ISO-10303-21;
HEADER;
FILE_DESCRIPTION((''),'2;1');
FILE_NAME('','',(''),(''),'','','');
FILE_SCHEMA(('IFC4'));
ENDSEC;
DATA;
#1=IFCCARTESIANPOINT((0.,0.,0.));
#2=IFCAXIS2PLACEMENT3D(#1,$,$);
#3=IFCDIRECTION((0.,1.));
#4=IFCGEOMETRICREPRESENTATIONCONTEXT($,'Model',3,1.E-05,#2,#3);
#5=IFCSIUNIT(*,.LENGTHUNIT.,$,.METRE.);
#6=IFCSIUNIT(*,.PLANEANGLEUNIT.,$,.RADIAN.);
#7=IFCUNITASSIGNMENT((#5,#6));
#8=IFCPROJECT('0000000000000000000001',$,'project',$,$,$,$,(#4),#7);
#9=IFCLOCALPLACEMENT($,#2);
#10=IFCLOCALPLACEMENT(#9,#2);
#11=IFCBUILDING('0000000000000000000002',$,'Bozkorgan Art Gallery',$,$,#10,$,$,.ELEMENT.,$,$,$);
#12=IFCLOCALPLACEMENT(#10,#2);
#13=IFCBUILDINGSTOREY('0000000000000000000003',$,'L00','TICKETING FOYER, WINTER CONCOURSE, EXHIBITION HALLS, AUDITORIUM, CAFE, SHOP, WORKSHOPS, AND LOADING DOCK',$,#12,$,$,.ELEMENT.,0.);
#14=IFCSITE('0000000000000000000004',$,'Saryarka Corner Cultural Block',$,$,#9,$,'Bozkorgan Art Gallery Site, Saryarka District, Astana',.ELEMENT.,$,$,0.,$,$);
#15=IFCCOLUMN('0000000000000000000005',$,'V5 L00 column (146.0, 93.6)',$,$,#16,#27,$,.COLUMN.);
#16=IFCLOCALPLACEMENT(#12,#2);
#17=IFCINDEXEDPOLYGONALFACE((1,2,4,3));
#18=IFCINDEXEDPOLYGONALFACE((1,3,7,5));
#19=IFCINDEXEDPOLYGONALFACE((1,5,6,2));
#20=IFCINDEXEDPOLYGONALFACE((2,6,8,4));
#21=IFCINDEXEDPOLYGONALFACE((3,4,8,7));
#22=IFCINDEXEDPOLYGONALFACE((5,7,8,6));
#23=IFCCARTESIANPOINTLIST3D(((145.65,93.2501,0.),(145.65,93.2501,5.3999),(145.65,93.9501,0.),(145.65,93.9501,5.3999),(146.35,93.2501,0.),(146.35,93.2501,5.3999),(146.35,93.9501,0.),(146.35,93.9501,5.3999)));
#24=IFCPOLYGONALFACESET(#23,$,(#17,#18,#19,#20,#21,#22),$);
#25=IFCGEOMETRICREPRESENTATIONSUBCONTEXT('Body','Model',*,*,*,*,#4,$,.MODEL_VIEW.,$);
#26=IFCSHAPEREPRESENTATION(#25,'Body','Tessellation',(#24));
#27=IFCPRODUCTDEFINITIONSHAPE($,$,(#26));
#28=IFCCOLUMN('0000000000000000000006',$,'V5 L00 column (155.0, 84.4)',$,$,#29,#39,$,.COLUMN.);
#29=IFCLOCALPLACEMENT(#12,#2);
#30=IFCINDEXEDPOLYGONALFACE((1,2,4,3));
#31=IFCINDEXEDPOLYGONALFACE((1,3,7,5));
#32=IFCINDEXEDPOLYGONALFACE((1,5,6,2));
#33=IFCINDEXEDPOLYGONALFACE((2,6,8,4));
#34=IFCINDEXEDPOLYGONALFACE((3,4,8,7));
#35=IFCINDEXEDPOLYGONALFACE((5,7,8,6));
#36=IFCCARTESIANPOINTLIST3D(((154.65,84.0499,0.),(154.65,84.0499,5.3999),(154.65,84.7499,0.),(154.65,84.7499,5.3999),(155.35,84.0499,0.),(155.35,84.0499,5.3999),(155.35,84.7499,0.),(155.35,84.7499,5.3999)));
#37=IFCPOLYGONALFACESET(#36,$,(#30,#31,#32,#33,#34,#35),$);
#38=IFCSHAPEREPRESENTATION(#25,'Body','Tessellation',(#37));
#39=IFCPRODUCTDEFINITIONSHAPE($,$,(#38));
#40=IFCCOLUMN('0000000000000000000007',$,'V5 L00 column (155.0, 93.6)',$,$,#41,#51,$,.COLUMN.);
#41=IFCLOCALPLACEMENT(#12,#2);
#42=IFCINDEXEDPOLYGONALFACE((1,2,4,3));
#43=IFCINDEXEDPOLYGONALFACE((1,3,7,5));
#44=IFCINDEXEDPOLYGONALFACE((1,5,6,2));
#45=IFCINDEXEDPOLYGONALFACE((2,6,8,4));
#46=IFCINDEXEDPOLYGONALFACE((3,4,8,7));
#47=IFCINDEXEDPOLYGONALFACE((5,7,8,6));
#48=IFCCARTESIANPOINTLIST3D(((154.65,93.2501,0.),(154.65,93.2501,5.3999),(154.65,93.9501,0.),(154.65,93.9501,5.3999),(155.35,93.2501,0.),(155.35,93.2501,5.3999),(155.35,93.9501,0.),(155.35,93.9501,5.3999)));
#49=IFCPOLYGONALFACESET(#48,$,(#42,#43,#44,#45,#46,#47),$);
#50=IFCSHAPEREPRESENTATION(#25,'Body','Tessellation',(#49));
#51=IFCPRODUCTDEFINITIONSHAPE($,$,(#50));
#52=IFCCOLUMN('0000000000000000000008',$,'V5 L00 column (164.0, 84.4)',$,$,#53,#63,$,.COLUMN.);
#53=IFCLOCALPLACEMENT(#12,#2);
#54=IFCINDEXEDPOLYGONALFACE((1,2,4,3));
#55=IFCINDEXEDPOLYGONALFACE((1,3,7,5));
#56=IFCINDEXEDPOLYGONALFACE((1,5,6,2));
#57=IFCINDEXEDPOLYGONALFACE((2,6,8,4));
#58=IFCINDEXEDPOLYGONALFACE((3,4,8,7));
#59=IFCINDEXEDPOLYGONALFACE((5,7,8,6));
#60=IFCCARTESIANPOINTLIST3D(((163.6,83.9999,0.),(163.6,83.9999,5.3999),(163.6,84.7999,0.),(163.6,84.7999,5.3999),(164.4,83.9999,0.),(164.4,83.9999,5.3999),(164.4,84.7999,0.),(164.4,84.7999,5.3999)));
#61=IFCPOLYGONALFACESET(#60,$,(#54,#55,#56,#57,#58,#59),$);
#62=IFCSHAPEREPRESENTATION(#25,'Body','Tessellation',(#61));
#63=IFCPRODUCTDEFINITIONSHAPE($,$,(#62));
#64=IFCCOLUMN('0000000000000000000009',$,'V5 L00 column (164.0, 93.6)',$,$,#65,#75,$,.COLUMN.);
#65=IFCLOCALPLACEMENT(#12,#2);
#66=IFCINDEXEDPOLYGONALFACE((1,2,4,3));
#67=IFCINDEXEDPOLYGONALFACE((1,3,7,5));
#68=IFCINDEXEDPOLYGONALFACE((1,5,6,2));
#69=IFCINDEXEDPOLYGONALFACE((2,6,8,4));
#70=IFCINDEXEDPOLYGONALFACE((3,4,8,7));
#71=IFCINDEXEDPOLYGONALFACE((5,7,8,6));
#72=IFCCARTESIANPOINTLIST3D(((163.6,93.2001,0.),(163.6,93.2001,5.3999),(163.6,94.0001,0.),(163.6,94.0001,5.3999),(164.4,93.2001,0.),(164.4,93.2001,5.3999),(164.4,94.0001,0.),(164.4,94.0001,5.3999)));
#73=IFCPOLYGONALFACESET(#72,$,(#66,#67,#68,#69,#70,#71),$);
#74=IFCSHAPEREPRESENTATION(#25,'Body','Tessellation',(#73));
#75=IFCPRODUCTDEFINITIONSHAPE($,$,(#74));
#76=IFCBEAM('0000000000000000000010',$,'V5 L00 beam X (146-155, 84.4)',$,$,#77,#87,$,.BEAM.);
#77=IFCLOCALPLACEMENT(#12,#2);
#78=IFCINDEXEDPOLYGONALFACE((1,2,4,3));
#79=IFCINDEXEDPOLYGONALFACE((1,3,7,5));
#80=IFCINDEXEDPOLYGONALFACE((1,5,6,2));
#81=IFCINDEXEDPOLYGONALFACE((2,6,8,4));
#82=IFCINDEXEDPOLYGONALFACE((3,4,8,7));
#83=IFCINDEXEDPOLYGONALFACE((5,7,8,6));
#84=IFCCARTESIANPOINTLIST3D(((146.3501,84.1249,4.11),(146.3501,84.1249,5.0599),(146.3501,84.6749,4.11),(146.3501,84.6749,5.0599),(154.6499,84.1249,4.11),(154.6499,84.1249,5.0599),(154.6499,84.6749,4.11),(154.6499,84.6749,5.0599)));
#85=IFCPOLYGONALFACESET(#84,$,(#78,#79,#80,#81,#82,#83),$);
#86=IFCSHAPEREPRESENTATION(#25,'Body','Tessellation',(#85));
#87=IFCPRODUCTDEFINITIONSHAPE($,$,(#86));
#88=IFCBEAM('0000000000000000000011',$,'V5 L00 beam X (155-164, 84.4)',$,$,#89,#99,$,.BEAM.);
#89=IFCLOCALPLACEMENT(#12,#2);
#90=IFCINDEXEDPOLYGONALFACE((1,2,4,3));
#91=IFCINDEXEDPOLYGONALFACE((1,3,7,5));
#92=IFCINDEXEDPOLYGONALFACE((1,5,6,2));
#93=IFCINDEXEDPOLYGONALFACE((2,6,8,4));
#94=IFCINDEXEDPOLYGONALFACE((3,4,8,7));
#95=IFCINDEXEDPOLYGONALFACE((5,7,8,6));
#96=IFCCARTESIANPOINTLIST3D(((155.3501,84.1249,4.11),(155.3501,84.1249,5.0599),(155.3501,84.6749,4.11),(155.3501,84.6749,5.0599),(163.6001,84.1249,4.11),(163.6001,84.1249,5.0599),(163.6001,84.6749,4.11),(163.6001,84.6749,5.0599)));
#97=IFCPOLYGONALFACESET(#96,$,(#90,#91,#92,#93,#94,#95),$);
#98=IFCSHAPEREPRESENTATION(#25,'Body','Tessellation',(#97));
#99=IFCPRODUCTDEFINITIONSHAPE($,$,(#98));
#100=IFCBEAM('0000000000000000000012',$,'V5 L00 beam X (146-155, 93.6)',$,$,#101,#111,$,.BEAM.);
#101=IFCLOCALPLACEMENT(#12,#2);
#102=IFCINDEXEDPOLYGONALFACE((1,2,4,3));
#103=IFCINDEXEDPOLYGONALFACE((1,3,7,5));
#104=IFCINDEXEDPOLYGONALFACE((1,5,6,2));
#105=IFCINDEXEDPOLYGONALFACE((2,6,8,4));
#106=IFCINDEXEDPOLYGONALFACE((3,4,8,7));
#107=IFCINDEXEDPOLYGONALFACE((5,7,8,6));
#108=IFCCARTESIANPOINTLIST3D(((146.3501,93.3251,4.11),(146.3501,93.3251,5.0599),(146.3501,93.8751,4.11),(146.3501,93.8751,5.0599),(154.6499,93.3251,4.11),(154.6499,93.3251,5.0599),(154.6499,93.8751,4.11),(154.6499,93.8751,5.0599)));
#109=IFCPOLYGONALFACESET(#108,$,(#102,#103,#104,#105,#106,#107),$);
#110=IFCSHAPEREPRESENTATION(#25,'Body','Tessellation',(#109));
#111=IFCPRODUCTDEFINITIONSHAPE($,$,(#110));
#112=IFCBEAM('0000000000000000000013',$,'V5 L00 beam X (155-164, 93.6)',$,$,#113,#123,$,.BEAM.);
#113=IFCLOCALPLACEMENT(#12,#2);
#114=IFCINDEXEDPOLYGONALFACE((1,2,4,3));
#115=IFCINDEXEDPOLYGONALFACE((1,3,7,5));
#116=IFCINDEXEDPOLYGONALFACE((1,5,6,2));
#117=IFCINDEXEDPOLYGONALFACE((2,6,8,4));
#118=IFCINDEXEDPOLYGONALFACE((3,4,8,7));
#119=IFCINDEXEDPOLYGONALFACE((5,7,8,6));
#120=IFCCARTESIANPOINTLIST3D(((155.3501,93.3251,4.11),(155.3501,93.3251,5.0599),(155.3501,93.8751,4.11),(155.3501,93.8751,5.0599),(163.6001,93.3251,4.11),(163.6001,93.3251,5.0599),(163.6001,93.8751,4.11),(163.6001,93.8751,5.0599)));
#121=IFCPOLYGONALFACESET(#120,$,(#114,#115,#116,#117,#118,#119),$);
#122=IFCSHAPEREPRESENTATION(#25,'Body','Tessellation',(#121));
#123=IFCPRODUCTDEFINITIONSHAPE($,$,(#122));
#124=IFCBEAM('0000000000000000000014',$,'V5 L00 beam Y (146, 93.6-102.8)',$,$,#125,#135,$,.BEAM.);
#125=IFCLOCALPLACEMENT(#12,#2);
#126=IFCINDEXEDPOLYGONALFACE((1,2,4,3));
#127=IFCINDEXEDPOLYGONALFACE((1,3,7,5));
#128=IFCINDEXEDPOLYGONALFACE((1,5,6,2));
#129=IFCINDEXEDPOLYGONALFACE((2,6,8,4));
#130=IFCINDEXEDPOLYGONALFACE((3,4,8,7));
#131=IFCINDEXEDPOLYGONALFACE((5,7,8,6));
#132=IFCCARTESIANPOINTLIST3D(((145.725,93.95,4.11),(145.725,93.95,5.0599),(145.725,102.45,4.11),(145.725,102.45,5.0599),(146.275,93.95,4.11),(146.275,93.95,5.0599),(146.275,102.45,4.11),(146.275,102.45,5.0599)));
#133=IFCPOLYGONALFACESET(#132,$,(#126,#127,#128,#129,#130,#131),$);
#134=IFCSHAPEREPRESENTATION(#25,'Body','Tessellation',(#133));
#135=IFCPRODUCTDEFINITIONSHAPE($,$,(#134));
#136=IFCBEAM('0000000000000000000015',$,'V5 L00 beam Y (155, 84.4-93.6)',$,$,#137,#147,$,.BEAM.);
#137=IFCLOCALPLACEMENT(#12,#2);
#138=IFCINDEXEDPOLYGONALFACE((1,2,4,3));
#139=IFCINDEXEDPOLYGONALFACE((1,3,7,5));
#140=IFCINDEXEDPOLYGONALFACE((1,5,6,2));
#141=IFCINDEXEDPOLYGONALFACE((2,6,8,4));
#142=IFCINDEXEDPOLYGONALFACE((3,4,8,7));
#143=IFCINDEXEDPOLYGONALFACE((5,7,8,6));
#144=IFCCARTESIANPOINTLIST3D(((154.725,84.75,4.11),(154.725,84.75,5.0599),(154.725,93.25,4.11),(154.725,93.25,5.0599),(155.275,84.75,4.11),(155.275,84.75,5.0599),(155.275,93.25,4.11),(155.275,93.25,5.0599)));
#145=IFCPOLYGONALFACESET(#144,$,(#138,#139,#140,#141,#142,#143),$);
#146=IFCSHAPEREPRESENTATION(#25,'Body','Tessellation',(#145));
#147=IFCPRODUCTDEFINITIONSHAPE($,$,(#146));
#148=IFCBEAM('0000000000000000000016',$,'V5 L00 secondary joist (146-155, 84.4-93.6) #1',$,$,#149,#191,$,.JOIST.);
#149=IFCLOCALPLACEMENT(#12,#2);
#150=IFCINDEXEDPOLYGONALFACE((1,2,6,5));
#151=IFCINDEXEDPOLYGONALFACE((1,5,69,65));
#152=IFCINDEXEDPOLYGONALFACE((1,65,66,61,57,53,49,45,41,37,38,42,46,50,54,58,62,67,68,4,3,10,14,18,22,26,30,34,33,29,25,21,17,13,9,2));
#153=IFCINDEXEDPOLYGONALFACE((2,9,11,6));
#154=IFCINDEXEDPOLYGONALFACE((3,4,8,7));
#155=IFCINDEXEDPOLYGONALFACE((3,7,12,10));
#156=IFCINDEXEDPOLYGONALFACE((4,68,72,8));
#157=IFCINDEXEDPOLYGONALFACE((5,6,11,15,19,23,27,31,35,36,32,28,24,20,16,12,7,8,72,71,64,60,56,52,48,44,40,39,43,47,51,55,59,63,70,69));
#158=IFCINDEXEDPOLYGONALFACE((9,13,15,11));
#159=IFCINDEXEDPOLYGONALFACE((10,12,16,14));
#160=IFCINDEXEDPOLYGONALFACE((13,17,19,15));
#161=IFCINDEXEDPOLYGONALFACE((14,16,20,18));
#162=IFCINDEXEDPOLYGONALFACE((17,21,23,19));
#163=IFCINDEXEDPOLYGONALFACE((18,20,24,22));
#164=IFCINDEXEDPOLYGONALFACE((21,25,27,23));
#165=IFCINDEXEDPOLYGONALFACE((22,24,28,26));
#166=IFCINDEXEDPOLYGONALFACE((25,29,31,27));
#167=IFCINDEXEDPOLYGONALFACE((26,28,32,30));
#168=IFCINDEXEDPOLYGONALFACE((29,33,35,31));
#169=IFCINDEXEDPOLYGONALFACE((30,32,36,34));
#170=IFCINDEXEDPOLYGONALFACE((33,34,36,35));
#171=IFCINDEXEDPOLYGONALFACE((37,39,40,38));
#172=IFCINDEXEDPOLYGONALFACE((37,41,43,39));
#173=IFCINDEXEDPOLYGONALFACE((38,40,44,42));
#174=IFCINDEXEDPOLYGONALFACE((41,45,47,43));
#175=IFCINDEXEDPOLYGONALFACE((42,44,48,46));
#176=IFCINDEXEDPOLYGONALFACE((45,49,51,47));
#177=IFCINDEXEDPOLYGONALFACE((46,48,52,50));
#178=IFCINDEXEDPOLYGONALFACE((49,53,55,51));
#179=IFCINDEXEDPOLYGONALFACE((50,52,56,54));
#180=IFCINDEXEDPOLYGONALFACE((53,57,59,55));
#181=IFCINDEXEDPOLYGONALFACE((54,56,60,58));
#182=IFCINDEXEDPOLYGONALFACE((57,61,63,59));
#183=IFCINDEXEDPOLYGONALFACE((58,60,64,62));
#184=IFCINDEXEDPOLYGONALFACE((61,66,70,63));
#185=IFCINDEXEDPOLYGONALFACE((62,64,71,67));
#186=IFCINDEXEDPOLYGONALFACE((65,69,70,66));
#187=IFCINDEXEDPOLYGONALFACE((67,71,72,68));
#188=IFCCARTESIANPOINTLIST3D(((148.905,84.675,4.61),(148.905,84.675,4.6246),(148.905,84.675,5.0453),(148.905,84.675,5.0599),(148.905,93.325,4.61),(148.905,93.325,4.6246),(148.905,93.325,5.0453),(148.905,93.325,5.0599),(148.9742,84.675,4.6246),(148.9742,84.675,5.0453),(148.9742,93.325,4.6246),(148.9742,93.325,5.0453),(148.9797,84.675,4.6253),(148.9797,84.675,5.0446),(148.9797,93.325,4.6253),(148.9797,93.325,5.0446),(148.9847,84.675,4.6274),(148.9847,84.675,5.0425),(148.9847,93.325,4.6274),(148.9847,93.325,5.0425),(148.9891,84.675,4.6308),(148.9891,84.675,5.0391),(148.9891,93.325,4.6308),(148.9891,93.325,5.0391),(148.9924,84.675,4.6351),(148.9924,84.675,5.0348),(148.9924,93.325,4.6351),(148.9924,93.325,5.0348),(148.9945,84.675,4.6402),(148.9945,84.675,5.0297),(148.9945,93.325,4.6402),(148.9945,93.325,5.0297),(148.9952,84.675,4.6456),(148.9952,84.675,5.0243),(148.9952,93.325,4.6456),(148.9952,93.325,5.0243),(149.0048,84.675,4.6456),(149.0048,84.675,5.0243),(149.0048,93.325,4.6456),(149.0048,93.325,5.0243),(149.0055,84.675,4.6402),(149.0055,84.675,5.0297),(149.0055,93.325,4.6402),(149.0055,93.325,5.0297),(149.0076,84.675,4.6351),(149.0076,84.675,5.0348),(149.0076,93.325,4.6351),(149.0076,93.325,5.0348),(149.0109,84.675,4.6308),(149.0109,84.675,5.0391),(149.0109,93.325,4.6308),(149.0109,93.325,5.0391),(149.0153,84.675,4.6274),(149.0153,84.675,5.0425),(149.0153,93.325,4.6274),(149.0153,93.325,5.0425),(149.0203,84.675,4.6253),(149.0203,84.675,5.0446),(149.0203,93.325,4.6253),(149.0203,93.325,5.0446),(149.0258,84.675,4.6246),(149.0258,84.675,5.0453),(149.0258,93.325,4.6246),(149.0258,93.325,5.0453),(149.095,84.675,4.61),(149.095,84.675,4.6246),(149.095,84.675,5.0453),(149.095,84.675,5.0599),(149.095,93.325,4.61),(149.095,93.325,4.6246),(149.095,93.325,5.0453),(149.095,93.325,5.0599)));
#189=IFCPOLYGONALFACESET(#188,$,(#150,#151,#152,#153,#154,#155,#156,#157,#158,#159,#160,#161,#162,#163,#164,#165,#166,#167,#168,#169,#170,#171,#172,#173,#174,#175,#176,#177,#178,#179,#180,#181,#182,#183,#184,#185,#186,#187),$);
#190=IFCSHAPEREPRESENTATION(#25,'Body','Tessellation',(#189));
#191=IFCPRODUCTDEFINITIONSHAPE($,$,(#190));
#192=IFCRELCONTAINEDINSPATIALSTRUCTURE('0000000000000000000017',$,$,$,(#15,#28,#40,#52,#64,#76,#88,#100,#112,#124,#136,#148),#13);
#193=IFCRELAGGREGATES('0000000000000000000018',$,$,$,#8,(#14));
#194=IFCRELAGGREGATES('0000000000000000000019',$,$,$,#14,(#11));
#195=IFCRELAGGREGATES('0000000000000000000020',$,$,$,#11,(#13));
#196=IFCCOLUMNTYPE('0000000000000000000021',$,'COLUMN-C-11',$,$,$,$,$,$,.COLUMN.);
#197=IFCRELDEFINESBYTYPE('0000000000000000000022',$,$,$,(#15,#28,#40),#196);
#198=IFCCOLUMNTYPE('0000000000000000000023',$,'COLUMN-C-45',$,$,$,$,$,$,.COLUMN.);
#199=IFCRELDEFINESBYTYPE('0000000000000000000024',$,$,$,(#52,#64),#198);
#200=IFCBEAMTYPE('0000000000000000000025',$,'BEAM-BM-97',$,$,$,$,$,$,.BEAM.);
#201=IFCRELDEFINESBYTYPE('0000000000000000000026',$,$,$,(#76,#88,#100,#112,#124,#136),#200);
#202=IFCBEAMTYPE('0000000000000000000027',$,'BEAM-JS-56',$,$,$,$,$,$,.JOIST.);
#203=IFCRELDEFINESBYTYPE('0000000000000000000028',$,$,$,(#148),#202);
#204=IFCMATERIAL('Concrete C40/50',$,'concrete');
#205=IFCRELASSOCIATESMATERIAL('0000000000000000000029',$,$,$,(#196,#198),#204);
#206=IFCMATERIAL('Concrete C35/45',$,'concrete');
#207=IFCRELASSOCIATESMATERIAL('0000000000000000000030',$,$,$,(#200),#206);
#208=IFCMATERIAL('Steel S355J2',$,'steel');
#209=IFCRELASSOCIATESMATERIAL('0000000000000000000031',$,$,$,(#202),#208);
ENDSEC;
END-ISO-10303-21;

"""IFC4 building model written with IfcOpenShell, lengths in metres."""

from ifc_helpers import new_model, si_unit, direction, frame, origin, origin_2d, place, context, subcontext, project, spatial, rectangle, i_section, extrude, material, material_profile, profile_set, type_object, element, save


model = new_model("IFC4")

# Units and contexts
model_context = context("Model", 3, precision=1e-05, world=origin(), true_north=direction((0.0, 1.0)))
body_context = subcontext(model_context, "Body", "Model", "MODEL_VIEW")
ifc_project = project(units=[si_unit("LENGTHUNIT", "METRE"), si_unit("PLANEANGLEUNIT", "RADIAN")], contexts=[model_context])

# Site, building, storey
site_placement = place(None, origin())
site = spatial("IfcSite", under=ifc_project, at=site_placement, Name="Saryarka Corner Cultural Block", LongName="Bozkorgan Art Gallery Site, Saryarka District, Astana", CompositionType="ELEMENT", RefElevation=0.0)
building_placement = place(site_placement, origin())
building = spatial("IfcBuilding", under=site, at=building_placement, Name="Bozkorgan Art Gallery", CompositionType="ELEMENT")
storey_placement = place(building_placement, origin())
storey = spatial("IfcBuildingStorey", under=building, at=storey_placement, Name="L00", Description="TICKETING FOYER, WINTER CONCOURSE, EXHIBITION HALLS, AUDITORIUM, CAFE, SHOP, WORKSHOPS, AND LOADING DOCK", CompositionType="ELEMENT", Elevation=0.0)

# Columns
ifc_material_1 = material(Name="Concrete C40/50", Category="concrete")
ifc_material_profile_1 = material_profile(ifc_material_1, rectangle(XDim=0.7, YDim=0.7, at=origin_2d()), Name="RC 700x700")
ifc_profile_set_1 = profile_set([ifc_material_profile_1], Name="Concrete C40/50")
column_type_1 = type_object("IfcColumnType", Name="COLUMN-C-11", PredefinedType="COLUMN", material=ifc_profile_set_1)
for number, where, z_axis, x_axis, name in (
    (1, (146.0, 93.6001, 0.0), (0.0, 0.0, 1.0), (1.0, 0.0, 0.0), "V5 L00 column (146.0, 93.6)"),
    (2, (155.0, 84.3999, 0.0), (0.0, 0.0, 1.0), (1.0, 0.0, 0.0), "V5 L00 column (155.0, 84.4)"),
    (3, (155.0, 93.6001, 0.0), (0.0, 0.0, 1.0), (1.0, 0.0, 0.0), "V5 L00 column (155.0, 93.6)"),
):
    element("IfcColumn", number, at=place(storey_placement, frame(where, z_axis=z_axis, x_axis=x_axis)), inside=storey, type_object=column_type_1, Name=name, PredefinedType="COLUMN", context=body_context, shape_type="SweptSolid", body=[
        extrude(rectangle(XDim=0.7, YDim=0.7, at=origin_2d()), origin(), (0.0, 0.0, 1.0), 5.3999),
    ])
ifc_material_profile_2 = material_profile(ifc_material_1, rectangle(XDim=0.8, YDim=0.8, at=origin_2d()), Name="RC 800x800")
ifc_profile_set_2 = profile_set([ifc_material_profile_2], Name="Concrete C40/50")
column_type_2 = type_object("IfcColumnType", Name="COLUMN-C-45", PredefinedType="COLUMN", material=ifc_profile_set_2)
for number, where, z_axis, x_axis, name in (
    (4, (164.0, 84.3999, 0.0), (0.0, 0.0, 1.0), (1.0, 0.0, 0.0), "V5 L00 column (164.0, 84.4)"),
    (5, (164.0, 93.6001, 0.0), (0.0, 0.0, 1.0), (1.0, 0.0, 0.0), "V5 L00 column (164.0, 93.6)"),
):
    element("IfcColumn", number, at=place(storey_placement, frame(where, z_axis=z_axis, x_axis=x_axis)), inside=storey, type_object=column_type_2, Name=name, PredefinedType="COLUMN", context=body_context, shape_type="SweptSolid", body=[
        extrude(rectangle(XDim=0.8, YDim=0.8, at=origin_2d()), origin(), (0.0, 0.0, 1.0), 5.3999),
    ])

# Beams
ifc_material_2 = material(Name="Concrete C35/45", Category="concrete")
ifc_material_profile_3 = material_profile(ifc_material_2, rectangle(XDim=0.55, YDim=0.95, at=origin_2d()), Name="RC 550x950")
ifc_profile_set_3 = profile_set([ifc_material_profile_3], Name="Concrete C35/45")
beam_type_1 = type_object("IfcBeamType", Name="BEAM-BM-97", PredefinedType="BEAM", material=ifc_profile_set_3)
beam_1_placement = place(storey_placement, frame((146.3501, 84.3999, 4.585), z_axis=(1.0, 0.0, 0.0), x_axis=(0.0, 1.0, 0.0)))
element("IfcBeam", 6, at=beam_1_placement, inside=storey, type_object=beam_type_1, Name="V5 L00 beam X (146-155, 84.4)", PredefinedType="BEAM", context=body_context, shape_type="SweptSolid", body=[
    extrude(rectangle(XDim=0.55, YDim=0.95, at=origin_2d()), origin(), (0.0, 0.0, 1.0), 8.2998),
])
beam_2_placement = place(storey_placement, frame((155.3501, 84.3999, 4.585), z_axis=(1.0, 0.0, 0.0), x_axis=(0.0, 1.0, 0.0)))
element("IfcBeam", 7, at=beam_2_placement, inside=storey, type_object=beam_type_1, Name="V5 L00 beam X (155-164, 84.4)", PredefinedType="BEAM", context=body_context, shape_type="SweptSolid", body=[
    extrude(rectangle(XDim=0.55, YDim=0.95, at=origin_2d()), origin(), (0.0, 0.0, 1.0), 8.25),
])
beam_3_placement = place(storey_placement, frame((146.3501, 93.6001, 4.585), z_axis=(1.0, 0.0, 0.0), x_axis=(0.0, 1.0, 0.0)))
element("IfcBeam", 8, at=beam_3_placement, inside=storey, type_object=beam_type_1, Name="V5 L00 beam X (146-155, 93.6)", PredefinedType="BEAM", context=body_context, shape_type="SweptSolid", body=[
    extrude(rectangle(XDim=0.55, YDim=0.95, at=origin_2d()), origin(), (0.0, 0.0, 1.0), 8.2998),
])
beam_4_placement = place(storey_placement, frame((155.3501, 93.6001, 4.585), z_axis=(1.0, 0.0, 0.0), x_axis=(0.0, 1.0, 0.0)))
element("IfcBeam", 9, at=beam_4_placement, inside=storey, type_object=beam_type_1, Name="V5 L00 beam X (155-164, 93.6)", PredefinedType="BEAM", context=body_context, shape_type="SweptSolid", body=[
    extrude(rectangle(XDim=0.55, YDim=0.95, at=origin_2d()), origin(), (0.0, 0.0, 1.0), 8.25),
])
for number, where, z_axis, x_axis, name in (
    (10, (146.0, 93.95, 4.585), (0.0, 1.0, 0.0), (-1.0, 0.0, 0.0), "V5 L00 beam Y (146, 93.6-102.8)"),
    (11, (155.0, 84.75, 4.585), (0.0, 1.0, 0.0), (-1.0, 0.0, 0.0), "V5 L00 beam Y (155, 84.4-93.6)"),
):
    element("IfcBeam", number, at=place(storey_placement, frame(where, z_axis=z_axis, x_axis=x_axis)), inside=storey, type_object=beam_type_1, Name=name, PredefinedType="BEAM", context=body_context, shape_type="SweptSolid", body=[
        extrude(rectangle(XDim=0.55, YDim=0.95, at=origin_2d()), origin(), (0.0, 0.0, 1.0), 8.5),
    ])
ifc_material_3 = material(Name="Steel S355J2", Category="steel")
ifc_material_profile_4 = material_profile(ifc_material_3, i_section(OverallWidth=0.1899, OverallDepth=0.45, WebThickness=0.0095, FlangeThickness=0.0146, FilletRadius=0.021, at=origin_2d()), Name="IPE 450")
ifc_profile_set_4 = profile_set([ifc_material_profile_4], Name="Steel S355J2")
beam_type_2 = type_object("IfcBeamType", Name="BEAM-JS-56", PredefinedType="JOIST", material=ifc_profile_set_4)
for number, where, z_axis, x_axis, name in (
    (12, (149.0, 84.675, 4.835), (0.0, 1.0, 0.0), (-1.0, 0.0, 0.0), "V5 L00 secondary joist (146-155, 84.4-93.6) #1"),
):
    element("IfcBeam", number, at=place(storey_placement, frame(where, z_axis=z_axis, x_axis=x_axis)), inside=storey, type_object=beam_type_2, Name=name, PredefinedType="JOIST", context=body_context, shape_type="SweptSolid", body=[
        extrude(i_section(OverallWidth=0.1899, OverallDepth=0.45, WebThickness=0.0095, FlangeThickness=0.0146, FilletRadius=0.021, at=origin_2d()), origin(), (0.0, 0.0, 1.0), 8.6499),
    ])

save(model, "model.ifc")
